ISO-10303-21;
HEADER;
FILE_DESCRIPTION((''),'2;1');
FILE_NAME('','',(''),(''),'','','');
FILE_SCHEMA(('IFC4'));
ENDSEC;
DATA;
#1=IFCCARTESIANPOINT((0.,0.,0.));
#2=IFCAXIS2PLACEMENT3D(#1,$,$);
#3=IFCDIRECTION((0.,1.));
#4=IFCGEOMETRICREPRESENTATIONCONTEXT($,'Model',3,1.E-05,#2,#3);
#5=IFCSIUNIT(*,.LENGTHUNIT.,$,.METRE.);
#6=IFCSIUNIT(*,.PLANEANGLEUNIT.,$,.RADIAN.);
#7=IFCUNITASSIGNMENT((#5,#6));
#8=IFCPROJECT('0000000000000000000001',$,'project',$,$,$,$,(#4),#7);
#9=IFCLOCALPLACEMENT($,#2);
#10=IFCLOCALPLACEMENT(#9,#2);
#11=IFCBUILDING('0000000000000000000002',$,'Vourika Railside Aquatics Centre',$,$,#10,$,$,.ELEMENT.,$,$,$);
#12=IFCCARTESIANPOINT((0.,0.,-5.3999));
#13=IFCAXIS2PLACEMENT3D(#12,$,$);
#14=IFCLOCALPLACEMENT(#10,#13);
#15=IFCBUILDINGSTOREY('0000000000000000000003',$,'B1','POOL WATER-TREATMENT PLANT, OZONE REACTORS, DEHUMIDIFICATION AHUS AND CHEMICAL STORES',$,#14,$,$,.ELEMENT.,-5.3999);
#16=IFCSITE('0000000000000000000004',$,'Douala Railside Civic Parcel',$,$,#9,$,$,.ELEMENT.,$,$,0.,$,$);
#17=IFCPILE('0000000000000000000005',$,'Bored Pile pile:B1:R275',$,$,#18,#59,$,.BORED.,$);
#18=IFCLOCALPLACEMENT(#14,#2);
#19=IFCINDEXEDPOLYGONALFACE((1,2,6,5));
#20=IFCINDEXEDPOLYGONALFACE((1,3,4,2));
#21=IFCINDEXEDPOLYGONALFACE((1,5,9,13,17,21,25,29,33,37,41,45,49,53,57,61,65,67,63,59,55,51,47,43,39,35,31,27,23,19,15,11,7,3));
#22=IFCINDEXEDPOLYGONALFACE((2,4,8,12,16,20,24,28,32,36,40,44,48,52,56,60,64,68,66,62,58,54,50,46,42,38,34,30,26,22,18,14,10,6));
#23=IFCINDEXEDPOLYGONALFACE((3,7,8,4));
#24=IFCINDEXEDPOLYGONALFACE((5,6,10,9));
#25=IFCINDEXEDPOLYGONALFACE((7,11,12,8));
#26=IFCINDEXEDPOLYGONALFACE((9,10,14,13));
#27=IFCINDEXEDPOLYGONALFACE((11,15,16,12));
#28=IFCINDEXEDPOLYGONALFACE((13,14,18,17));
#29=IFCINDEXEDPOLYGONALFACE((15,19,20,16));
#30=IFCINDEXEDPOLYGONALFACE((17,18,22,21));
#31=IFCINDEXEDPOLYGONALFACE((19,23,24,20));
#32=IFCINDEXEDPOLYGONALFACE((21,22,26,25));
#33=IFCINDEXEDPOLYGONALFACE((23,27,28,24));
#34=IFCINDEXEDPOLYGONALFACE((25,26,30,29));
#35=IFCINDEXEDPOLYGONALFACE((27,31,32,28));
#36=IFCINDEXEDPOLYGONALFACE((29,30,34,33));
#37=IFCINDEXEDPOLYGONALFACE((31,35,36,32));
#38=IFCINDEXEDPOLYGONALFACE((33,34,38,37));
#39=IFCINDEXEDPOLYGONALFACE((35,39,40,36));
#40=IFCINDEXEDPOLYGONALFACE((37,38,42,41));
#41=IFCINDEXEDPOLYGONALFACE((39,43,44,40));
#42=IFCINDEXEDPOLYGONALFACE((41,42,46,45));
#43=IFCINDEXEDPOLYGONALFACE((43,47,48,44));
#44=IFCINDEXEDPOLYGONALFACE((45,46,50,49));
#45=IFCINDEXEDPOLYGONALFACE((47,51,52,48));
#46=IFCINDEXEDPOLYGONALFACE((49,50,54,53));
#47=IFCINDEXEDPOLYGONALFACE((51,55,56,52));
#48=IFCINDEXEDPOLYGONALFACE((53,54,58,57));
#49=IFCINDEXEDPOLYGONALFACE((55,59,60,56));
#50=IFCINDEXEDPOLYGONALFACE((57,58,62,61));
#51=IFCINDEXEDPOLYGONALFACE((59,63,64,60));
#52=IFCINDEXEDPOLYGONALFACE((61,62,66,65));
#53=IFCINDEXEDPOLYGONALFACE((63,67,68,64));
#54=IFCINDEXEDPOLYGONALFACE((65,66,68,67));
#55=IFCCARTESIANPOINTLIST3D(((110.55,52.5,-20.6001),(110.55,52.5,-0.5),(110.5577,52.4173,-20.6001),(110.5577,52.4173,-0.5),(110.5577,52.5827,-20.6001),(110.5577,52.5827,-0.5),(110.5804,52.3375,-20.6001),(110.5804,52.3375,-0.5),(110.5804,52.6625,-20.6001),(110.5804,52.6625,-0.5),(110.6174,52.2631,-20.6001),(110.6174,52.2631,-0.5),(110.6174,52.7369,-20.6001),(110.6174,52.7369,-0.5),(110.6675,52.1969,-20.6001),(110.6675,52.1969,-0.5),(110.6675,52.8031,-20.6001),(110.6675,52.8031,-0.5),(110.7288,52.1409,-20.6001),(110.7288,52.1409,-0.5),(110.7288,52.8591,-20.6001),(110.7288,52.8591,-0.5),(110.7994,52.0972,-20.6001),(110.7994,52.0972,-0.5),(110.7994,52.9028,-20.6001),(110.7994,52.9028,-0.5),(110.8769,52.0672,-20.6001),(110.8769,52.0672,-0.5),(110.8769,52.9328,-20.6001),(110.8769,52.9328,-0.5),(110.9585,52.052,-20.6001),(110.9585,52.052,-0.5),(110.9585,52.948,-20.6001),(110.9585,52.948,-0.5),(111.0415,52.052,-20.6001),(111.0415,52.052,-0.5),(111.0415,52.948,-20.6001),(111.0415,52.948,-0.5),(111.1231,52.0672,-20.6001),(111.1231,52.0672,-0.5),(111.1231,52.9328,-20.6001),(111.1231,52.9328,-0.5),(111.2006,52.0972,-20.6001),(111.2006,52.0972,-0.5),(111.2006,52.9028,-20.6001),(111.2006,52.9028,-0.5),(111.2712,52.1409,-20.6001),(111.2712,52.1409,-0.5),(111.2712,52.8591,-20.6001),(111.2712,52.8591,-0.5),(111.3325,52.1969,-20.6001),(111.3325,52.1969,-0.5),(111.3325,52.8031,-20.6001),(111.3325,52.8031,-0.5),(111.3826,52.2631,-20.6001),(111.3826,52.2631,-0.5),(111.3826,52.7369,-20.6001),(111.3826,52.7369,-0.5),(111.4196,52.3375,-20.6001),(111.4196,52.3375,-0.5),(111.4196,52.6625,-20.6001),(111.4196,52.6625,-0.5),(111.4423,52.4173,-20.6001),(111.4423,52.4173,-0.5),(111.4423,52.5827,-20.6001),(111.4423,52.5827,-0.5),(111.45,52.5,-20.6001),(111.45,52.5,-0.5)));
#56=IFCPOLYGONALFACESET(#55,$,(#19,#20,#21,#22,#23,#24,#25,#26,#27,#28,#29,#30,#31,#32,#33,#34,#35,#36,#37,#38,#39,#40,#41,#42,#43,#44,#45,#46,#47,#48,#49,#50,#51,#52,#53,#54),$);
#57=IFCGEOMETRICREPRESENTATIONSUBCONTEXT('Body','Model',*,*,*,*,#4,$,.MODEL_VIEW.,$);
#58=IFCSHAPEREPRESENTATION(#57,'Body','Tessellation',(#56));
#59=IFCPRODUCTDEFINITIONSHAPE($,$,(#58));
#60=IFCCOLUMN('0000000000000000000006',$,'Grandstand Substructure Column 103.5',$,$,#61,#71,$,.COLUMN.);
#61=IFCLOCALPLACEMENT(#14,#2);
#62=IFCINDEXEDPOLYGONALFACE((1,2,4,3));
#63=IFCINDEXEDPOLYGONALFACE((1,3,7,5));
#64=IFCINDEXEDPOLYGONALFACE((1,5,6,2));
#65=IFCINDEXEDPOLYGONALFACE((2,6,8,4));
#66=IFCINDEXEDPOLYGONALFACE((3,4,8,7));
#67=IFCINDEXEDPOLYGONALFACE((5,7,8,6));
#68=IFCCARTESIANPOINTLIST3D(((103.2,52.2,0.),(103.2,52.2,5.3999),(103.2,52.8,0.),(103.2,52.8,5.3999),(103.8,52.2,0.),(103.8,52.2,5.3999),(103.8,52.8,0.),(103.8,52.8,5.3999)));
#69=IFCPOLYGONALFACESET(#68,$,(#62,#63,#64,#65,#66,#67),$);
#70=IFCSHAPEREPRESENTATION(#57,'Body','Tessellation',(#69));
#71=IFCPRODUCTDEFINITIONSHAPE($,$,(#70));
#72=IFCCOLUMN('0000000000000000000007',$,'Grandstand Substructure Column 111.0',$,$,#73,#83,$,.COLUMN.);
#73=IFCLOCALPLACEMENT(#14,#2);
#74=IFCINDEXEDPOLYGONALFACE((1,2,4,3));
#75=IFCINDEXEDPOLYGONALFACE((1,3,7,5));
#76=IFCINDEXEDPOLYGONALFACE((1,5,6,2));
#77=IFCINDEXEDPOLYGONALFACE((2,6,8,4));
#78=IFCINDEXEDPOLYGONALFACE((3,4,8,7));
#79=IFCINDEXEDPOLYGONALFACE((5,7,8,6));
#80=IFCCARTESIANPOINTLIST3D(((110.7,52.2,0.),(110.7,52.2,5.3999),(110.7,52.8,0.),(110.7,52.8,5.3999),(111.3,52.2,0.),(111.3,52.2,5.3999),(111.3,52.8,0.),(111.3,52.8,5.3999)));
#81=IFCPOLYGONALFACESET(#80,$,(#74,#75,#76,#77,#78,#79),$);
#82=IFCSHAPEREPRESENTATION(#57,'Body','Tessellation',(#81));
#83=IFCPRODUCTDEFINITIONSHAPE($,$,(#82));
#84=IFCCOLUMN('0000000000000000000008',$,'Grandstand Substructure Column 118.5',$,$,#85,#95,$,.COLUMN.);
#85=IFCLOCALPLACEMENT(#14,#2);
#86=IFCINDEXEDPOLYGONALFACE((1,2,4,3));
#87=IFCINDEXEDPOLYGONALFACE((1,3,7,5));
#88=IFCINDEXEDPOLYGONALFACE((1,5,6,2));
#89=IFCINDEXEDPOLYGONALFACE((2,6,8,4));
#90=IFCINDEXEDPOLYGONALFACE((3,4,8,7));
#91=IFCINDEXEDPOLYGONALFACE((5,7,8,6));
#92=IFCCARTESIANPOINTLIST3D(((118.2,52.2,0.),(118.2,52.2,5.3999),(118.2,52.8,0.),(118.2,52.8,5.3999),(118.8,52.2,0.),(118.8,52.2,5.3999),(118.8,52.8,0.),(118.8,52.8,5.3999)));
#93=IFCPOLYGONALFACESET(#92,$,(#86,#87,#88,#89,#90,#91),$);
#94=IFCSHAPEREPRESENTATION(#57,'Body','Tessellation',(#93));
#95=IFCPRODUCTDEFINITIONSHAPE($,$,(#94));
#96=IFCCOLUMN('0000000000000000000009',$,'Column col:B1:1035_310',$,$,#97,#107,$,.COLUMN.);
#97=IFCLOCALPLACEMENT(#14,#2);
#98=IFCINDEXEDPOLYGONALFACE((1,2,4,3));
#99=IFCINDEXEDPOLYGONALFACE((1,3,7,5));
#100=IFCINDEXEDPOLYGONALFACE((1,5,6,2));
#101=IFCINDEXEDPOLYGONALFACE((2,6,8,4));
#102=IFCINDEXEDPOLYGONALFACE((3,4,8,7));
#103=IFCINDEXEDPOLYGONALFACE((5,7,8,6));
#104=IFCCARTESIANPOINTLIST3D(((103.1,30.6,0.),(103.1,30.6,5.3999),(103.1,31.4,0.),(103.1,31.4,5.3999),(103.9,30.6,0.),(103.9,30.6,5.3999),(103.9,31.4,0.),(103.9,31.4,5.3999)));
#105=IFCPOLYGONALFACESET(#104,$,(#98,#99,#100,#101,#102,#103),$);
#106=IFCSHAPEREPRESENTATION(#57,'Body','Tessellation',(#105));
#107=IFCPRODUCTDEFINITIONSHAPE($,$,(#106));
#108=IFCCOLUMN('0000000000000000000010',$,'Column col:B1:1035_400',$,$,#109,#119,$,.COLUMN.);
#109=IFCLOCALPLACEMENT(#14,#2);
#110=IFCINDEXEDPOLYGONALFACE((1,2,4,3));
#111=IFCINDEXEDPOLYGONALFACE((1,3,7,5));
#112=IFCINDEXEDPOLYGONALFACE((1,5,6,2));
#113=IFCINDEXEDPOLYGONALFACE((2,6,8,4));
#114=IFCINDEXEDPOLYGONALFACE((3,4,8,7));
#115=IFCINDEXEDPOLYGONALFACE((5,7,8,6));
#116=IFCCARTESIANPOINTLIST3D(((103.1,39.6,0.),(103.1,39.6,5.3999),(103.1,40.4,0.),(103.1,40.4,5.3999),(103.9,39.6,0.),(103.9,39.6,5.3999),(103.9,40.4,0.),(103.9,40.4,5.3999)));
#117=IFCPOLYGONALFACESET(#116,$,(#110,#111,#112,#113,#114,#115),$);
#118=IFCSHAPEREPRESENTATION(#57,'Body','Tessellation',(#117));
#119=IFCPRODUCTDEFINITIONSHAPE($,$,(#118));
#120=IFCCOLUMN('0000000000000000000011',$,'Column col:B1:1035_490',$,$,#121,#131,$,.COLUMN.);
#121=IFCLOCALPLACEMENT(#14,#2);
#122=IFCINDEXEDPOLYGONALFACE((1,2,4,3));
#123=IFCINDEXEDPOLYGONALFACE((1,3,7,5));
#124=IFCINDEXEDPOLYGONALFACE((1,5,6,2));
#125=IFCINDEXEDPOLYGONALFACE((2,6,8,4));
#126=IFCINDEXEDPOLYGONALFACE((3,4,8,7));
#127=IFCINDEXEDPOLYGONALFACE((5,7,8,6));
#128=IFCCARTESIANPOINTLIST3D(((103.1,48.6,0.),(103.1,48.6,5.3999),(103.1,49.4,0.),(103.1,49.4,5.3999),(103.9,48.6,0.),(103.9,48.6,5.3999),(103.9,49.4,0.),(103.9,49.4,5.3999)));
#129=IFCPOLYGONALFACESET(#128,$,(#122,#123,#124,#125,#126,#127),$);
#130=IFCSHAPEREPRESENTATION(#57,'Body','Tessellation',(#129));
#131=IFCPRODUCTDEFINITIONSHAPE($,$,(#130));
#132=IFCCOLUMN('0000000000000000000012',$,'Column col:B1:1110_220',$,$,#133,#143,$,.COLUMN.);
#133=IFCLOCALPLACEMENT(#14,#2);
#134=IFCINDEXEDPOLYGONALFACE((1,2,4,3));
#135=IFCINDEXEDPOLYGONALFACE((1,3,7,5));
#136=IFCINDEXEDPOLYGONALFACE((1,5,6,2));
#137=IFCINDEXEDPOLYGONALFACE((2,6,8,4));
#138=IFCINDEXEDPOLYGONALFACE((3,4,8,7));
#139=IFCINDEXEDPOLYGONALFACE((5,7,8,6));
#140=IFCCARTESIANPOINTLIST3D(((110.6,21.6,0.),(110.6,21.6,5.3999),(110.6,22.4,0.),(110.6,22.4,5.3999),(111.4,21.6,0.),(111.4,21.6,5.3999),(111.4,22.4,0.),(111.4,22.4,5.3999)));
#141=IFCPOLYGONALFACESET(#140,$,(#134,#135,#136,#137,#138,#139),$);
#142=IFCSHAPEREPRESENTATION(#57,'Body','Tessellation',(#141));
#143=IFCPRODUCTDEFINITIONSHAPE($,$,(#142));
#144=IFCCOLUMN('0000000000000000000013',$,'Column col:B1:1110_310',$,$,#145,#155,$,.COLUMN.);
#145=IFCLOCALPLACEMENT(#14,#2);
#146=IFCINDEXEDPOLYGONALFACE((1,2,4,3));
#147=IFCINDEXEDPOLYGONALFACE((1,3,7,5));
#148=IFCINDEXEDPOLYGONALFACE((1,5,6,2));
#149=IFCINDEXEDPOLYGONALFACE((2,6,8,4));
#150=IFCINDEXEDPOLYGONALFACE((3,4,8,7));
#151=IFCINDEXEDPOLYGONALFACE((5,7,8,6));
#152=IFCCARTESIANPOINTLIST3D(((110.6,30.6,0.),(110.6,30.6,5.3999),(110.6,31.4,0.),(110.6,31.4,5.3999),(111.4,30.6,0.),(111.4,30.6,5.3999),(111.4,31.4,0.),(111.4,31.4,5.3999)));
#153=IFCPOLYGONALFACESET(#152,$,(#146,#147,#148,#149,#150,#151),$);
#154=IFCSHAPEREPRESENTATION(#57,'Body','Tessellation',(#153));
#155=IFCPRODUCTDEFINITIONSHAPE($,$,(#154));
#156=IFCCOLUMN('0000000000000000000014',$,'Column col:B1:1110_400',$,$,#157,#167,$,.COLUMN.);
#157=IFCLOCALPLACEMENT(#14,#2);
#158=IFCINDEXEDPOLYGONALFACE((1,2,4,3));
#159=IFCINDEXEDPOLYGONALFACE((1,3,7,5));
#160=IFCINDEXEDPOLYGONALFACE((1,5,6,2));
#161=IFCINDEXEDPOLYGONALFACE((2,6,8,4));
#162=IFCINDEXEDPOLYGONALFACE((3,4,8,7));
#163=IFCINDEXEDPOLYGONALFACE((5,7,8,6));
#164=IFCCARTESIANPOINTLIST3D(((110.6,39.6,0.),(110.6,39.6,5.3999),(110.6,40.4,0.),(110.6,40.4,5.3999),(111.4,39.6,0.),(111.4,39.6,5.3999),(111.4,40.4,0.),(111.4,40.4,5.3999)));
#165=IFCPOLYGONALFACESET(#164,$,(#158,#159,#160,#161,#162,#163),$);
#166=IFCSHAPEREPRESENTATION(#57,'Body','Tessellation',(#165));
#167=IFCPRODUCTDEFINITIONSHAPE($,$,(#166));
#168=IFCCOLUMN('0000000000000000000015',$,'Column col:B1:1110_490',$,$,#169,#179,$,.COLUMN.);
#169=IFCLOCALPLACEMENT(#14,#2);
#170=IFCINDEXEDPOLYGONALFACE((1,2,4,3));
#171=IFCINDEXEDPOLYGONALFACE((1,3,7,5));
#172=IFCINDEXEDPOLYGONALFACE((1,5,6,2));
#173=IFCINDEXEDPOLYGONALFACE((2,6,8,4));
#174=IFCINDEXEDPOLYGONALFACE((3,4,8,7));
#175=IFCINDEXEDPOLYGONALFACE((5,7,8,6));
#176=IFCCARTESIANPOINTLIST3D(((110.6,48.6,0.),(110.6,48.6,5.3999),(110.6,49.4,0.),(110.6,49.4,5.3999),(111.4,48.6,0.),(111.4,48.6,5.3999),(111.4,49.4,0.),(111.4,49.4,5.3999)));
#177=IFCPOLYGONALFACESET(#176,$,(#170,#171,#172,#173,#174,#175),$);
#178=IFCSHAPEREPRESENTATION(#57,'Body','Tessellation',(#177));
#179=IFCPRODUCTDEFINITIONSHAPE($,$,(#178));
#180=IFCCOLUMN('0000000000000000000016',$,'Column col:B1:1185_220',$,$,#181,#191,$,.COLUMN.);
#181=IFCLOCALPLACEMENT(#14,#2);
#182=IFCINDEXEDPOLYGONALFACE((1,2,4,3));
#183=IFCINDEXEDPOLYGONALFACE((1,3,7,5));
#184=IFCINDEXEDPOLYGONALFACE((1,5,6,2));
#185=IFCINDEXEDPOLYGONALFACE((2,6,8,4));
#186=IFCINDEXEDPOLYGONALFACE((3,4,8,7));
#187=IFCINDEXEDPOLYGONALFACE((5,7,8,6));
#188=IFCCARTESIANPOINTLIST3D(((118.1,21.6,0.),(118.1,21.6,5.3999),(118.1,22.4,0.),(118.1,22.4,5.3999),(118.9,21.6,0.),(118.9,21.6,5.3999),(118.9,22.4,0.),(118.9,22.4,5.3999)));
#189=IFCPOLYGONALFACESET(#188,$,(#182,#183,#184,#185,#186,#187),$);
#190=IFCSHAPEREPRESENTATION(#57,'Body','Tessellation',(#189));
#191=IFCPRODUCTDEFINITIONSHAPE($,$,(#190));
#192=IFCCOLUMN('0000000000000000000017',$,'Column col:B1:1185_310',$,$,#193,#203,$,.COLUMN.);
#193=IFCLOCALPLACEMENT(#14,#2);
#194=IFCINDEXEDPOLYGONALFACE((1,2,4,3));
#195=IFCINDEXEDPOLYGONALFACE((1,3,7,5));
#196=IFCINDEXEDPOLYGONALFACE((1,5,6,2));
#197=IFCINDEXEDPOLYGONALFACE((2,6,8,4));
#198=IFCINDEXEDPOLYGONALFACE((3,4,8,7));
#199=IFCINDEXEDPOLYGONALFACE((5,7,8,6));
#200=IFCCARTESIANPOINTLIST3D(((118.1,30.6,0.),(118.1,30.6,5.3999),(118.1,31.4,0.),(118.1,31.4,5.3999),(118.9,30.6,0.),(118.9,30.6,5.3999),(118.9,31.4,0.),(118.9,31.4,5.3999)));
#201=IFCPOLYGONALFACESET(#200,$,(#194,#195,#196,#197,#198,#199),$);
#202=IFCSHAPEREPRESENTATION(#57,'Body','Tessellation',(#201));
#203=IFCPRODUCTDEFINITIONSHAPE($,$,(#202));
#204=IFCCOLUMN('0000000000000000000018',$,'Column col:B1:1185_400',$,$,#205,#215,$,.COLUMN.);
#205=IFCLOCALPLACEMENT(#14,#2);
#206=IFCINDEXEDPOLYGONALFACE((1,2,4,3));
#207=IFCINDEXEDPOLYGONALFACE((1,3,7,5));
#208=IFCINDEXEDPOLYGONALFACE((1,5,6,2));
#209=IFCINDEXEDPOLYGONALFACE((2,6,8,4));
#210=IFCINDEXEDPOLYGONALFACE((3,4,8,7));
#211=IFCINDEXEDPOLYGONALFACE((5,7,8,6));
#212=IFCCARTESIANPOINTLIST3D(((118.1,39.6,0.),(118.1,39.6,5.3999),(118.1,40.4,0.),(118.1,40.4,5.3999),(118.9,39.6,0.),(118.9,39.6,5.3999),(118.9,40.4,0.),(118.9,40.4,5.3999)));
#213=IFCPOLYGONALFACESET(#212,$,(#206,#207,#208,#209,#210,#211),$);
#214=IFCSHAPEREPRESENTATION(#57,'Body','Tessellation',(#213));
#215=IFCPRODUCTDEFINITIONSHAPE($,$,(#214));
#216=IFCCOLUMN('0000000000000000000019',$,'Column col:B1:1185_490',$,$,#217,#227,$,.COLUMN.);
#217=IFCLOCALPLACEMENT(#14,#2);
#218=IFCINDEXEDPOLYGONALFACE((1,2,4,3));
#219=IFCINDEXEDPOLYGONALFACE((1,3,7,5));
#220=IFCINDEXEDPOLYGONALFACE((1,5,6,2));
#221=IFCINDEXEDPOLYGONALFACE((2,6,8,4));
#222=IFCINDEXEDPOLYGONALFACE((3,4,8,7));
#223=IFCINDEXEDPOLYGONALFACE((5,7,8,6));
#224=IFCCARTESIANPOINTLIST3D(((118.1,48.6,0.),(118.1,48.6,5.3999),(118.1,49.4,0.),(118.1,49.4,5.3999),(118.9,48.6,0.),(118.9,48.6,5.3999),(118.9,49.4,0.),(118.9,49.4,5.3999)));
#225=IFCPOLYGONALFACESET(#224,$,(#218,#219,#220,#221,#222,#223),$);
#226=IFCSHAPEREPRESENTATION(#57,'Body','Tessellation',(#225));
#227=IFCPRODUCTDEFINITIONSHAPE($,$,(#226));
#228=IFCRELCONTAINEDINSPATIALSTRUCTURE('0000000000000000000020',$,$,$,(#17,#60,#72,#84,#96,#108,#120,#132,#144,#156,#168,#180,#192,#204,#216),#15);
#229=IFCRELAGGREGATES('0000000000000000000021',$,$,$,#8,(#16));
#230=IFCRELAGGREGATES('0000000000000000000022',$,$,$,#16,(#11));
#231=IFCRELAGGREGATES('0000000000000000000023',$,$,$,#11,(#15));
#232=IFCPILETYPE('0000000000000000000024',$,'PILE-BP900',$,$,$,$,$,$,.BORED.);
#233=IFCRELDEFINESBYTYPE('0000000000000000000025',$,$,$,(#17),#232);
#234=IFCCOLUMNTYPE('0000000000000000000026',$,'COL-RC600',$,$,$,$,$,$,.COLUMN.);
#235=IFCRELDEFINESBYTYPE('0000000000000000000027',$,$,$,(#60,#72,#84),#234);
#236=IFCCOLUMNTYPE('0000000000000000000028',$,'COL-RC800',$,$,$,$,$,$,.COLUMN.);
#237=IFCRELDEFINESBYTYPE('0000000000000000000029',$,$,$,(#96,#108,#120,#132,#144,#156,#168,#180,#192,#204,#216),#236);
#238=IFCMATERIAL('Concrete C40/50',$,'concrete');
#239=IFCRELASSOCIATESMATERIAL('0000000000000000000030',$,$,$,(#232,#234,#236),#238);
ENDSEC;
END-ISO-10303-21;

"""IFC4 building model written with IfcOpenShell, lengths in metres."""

from ifc_helpers import new_model, si_unit, direction, frame, origin, origin_2d, place, context, subcontext, project, spatial, rectangle, circle, extrude, material, material_profile, profile_set, type_object, element, save


model = new_model("IFC4")

# Units and contexts
model_context = context("Model", 3, precision=1e-05, world=origin(), true_north=direction((0.0, 1.0)))
body_context = subcontext(model_context, "Body", "Model", "MODEL_VIEW")
ifc_project = project(units=[si_unit("LENGTHUNIT", "METRE"), si_unit("PLANEANGLEUNIT", "RADIAN")], contexts=[model_context])

# Site, building, storey
site_placement = place(None, origin())
site = spatial("IfcSite", under=ifc_project, at=site_placement, Name="Douala Railside Civic Parcel", CompositionType="ELEMENT", RefElevation=0.0)
building_placement = place(site_placement, origin())
building = spatial("IfcBuilding", under=site, at=building_placement, Name="Vourika Railside Aquatics Centre", CompositionType="ELEMENT")
storey_placement = place(building_placement, frame((0.0, 0.0, -5.3999)))
storey = spatial("IfcBuildingStorey", under=building, at=storey_placement, Name="B1", Description="POOL WATER-TREATMENT PLANT, OZONE REACTORS, DEHUMIDIFICATION AHUS AND CHEMICAL STORES", CompositionType="ELEMENT", Elevation=-5.3999)

# Pile
ifc_material_1 = material(Name="Concrete C40/50", Category="concrete")
ifc_material_profile_1 = material_profile(ifc_material_1, circle(Radius=0.45, at=origin_2d()), Name="BP 900")
ifc_profile_set_1 = profile_set([ifc_material_profile_1], Name="Concrete C40/50")
pile_type_1 = type_object("IfcPileType", Name="PILE-BP900", PredefinedType="BORED", material=ifc_profile_set_1)
for number, where, z_axis, x_axis, name in (
    (1, (111.0, 52.5, -0.5), (0.0, 0.0, -1.0), (1.0, 0.0, 0.0), "Bored Pile pile:B1:R275"),
):
    element("IfcPile", number, at=place(storey_placement, frame(where, z_axis=z_axis, x_axis=x_axis)), inside=storey, type_object=pile_type_1, Name=name, PredefinedType="BORED", context=body_context, shape_type="SweptSolid", body=[
        extrude(circle(Radius=0.45, at=origin_2d()), origin(), (0.0, 0.0, 1.0), 20.1001),
    ])

# Columns
ifc_material_profile_2 = material_profile(ifc_material_1, rectangle(XDim=0.6001, YDim=0.6001, at=origin_2d()), Name="RC 600x600")
ifc_profile_set_2 = profile_set([ifc_material_profile_2], Name="Concrete C40/50")
column_type_1 = type_object("IfcColumnType", Name="COL-RC600", PredefinedType="COLUMN", material=ifc_profile_set_2)
for number, where, z_axis, x_axis, name in (
    (2, (103.5, 52.5, 0.0), (0.0, 0.0, 1.0), (1.0, 0.0, 0.0), "Grandstand Substructure Column 103.5"),
    (3, (111.0, 52.5, 0.0), (0.0, 0.0, 1.0), (1.0, 0.0, 0.0), "Grandstand Substructure Column 111.0"),
    (4, (118.5, 52.5, 0.0), (0.0, 0.0, 1.0), (1.0, 0.0, 0.0), "Grandstand Substructure Column 118.5"),
):
    element("IfcColumn", number, at=place(storey_placement, frame(where, z_axis=z_axis, x_axis=x_axis)), inside=storey, type_object=column_type_1, Name=name, PredefinedType="COLUMN", context=body_context, shape_type="SweptSolid", body=[
        extrude(rectangle(XDim=0.6001, YDim=0.6001, at=origin_2d()), origin(), (0.0, 0.0, 1.0), 5.3999),
    ])
ifc_material_profile_3 = material_profile(ifc_material_1, rectangle(XDim=0.8, YDim=0.8, at=origin_2d()), Name="RC 800x800")
ifc_profile_set_3 = profile_set([ifc_material_profile_3], Name="Concrete C40/50")
column_type_2 = type_object("IfcColumnType", Name="COL-RC800", PredefinedType="COLUMN", material=ifc_profile_set_3)
for number, where, z_axis, x_axis, name in (
    (5, (103.5, 31.0, 0.0), (0.0, 0.0, 1.0), (1.0, 0.0, 0.0), "Column col:B1:1035_310"),
    (6, (103.5, 40.0, 0.0), (0.0, 0.0, 1.0), (1.0, 0.0, 0.0), "Column col:B1:1035_400"),
    (7, (103.5, 49.0, 0.0), (0.0, 0.0, 1.0), (1.0, 0.0, 0.0), "Column col:B1:1035_490"),
    (8, (111.0, 22.0, 0.0), (0.0, 0.0, 1.0), (1.0, 0.0, 0.0), "Column col:B1:1110_220"),
    (9, (111.0, 31.0, 0.0), (0.0, 0.0, 1.0), (1.0, 0.0, 0.0), "Column col:B1:1110_310"),
    (10, (111.0, 40.0, 0.0), (0.0, 0.0, 1.0), (1.0, 0.0, 0.0), "Column col:B1:1110_400"),
    (11, (111.0, 49.0, 0.0), (0.0, 0.0, 1.0), (1.0, 0.0, 0.0), "Column col:B1:1110_490"),
    (12, (118.5, 22.0, 0.0), (0.0, 0.0, 1.0), (1.0, 0.0, 0.0), "Column col:B1:1185_220"),
    (13, (118.5, 31.0, 0.0), (0.0, 0.0, 1.0), (1.0, 0.0, 0.0), "Column col:B1:1185_310"),
    (14, (118.5, 40.0, 0.0), (0.0, 0.0, 1.0), (1.0, 0.0, 0.0), "Column col:B1:1185_400"),
    (15, (118.5, 49.0, 0.0), (0.0, 0.0, 1.0), (1.0, 0.0, 0.0), "Column col:B1:1185_490"),
):
    element("IfcColumn", number, at=place(storey_placement, frame(where, z_axis=z_axis, x_axis=x_axis)), inside=storey, type_object=column_type_2, Name=name, PredefinedType="COLUMN", context=body_context, shape_type="SweptSolid", body=[
        extrude(rectangle(XDim=0.8, YDim=0.8, at=origin_2d()), origin(), (0.0, 0.0, 1.0), 5.3999),
    ])

save(model, "model.ifc")
